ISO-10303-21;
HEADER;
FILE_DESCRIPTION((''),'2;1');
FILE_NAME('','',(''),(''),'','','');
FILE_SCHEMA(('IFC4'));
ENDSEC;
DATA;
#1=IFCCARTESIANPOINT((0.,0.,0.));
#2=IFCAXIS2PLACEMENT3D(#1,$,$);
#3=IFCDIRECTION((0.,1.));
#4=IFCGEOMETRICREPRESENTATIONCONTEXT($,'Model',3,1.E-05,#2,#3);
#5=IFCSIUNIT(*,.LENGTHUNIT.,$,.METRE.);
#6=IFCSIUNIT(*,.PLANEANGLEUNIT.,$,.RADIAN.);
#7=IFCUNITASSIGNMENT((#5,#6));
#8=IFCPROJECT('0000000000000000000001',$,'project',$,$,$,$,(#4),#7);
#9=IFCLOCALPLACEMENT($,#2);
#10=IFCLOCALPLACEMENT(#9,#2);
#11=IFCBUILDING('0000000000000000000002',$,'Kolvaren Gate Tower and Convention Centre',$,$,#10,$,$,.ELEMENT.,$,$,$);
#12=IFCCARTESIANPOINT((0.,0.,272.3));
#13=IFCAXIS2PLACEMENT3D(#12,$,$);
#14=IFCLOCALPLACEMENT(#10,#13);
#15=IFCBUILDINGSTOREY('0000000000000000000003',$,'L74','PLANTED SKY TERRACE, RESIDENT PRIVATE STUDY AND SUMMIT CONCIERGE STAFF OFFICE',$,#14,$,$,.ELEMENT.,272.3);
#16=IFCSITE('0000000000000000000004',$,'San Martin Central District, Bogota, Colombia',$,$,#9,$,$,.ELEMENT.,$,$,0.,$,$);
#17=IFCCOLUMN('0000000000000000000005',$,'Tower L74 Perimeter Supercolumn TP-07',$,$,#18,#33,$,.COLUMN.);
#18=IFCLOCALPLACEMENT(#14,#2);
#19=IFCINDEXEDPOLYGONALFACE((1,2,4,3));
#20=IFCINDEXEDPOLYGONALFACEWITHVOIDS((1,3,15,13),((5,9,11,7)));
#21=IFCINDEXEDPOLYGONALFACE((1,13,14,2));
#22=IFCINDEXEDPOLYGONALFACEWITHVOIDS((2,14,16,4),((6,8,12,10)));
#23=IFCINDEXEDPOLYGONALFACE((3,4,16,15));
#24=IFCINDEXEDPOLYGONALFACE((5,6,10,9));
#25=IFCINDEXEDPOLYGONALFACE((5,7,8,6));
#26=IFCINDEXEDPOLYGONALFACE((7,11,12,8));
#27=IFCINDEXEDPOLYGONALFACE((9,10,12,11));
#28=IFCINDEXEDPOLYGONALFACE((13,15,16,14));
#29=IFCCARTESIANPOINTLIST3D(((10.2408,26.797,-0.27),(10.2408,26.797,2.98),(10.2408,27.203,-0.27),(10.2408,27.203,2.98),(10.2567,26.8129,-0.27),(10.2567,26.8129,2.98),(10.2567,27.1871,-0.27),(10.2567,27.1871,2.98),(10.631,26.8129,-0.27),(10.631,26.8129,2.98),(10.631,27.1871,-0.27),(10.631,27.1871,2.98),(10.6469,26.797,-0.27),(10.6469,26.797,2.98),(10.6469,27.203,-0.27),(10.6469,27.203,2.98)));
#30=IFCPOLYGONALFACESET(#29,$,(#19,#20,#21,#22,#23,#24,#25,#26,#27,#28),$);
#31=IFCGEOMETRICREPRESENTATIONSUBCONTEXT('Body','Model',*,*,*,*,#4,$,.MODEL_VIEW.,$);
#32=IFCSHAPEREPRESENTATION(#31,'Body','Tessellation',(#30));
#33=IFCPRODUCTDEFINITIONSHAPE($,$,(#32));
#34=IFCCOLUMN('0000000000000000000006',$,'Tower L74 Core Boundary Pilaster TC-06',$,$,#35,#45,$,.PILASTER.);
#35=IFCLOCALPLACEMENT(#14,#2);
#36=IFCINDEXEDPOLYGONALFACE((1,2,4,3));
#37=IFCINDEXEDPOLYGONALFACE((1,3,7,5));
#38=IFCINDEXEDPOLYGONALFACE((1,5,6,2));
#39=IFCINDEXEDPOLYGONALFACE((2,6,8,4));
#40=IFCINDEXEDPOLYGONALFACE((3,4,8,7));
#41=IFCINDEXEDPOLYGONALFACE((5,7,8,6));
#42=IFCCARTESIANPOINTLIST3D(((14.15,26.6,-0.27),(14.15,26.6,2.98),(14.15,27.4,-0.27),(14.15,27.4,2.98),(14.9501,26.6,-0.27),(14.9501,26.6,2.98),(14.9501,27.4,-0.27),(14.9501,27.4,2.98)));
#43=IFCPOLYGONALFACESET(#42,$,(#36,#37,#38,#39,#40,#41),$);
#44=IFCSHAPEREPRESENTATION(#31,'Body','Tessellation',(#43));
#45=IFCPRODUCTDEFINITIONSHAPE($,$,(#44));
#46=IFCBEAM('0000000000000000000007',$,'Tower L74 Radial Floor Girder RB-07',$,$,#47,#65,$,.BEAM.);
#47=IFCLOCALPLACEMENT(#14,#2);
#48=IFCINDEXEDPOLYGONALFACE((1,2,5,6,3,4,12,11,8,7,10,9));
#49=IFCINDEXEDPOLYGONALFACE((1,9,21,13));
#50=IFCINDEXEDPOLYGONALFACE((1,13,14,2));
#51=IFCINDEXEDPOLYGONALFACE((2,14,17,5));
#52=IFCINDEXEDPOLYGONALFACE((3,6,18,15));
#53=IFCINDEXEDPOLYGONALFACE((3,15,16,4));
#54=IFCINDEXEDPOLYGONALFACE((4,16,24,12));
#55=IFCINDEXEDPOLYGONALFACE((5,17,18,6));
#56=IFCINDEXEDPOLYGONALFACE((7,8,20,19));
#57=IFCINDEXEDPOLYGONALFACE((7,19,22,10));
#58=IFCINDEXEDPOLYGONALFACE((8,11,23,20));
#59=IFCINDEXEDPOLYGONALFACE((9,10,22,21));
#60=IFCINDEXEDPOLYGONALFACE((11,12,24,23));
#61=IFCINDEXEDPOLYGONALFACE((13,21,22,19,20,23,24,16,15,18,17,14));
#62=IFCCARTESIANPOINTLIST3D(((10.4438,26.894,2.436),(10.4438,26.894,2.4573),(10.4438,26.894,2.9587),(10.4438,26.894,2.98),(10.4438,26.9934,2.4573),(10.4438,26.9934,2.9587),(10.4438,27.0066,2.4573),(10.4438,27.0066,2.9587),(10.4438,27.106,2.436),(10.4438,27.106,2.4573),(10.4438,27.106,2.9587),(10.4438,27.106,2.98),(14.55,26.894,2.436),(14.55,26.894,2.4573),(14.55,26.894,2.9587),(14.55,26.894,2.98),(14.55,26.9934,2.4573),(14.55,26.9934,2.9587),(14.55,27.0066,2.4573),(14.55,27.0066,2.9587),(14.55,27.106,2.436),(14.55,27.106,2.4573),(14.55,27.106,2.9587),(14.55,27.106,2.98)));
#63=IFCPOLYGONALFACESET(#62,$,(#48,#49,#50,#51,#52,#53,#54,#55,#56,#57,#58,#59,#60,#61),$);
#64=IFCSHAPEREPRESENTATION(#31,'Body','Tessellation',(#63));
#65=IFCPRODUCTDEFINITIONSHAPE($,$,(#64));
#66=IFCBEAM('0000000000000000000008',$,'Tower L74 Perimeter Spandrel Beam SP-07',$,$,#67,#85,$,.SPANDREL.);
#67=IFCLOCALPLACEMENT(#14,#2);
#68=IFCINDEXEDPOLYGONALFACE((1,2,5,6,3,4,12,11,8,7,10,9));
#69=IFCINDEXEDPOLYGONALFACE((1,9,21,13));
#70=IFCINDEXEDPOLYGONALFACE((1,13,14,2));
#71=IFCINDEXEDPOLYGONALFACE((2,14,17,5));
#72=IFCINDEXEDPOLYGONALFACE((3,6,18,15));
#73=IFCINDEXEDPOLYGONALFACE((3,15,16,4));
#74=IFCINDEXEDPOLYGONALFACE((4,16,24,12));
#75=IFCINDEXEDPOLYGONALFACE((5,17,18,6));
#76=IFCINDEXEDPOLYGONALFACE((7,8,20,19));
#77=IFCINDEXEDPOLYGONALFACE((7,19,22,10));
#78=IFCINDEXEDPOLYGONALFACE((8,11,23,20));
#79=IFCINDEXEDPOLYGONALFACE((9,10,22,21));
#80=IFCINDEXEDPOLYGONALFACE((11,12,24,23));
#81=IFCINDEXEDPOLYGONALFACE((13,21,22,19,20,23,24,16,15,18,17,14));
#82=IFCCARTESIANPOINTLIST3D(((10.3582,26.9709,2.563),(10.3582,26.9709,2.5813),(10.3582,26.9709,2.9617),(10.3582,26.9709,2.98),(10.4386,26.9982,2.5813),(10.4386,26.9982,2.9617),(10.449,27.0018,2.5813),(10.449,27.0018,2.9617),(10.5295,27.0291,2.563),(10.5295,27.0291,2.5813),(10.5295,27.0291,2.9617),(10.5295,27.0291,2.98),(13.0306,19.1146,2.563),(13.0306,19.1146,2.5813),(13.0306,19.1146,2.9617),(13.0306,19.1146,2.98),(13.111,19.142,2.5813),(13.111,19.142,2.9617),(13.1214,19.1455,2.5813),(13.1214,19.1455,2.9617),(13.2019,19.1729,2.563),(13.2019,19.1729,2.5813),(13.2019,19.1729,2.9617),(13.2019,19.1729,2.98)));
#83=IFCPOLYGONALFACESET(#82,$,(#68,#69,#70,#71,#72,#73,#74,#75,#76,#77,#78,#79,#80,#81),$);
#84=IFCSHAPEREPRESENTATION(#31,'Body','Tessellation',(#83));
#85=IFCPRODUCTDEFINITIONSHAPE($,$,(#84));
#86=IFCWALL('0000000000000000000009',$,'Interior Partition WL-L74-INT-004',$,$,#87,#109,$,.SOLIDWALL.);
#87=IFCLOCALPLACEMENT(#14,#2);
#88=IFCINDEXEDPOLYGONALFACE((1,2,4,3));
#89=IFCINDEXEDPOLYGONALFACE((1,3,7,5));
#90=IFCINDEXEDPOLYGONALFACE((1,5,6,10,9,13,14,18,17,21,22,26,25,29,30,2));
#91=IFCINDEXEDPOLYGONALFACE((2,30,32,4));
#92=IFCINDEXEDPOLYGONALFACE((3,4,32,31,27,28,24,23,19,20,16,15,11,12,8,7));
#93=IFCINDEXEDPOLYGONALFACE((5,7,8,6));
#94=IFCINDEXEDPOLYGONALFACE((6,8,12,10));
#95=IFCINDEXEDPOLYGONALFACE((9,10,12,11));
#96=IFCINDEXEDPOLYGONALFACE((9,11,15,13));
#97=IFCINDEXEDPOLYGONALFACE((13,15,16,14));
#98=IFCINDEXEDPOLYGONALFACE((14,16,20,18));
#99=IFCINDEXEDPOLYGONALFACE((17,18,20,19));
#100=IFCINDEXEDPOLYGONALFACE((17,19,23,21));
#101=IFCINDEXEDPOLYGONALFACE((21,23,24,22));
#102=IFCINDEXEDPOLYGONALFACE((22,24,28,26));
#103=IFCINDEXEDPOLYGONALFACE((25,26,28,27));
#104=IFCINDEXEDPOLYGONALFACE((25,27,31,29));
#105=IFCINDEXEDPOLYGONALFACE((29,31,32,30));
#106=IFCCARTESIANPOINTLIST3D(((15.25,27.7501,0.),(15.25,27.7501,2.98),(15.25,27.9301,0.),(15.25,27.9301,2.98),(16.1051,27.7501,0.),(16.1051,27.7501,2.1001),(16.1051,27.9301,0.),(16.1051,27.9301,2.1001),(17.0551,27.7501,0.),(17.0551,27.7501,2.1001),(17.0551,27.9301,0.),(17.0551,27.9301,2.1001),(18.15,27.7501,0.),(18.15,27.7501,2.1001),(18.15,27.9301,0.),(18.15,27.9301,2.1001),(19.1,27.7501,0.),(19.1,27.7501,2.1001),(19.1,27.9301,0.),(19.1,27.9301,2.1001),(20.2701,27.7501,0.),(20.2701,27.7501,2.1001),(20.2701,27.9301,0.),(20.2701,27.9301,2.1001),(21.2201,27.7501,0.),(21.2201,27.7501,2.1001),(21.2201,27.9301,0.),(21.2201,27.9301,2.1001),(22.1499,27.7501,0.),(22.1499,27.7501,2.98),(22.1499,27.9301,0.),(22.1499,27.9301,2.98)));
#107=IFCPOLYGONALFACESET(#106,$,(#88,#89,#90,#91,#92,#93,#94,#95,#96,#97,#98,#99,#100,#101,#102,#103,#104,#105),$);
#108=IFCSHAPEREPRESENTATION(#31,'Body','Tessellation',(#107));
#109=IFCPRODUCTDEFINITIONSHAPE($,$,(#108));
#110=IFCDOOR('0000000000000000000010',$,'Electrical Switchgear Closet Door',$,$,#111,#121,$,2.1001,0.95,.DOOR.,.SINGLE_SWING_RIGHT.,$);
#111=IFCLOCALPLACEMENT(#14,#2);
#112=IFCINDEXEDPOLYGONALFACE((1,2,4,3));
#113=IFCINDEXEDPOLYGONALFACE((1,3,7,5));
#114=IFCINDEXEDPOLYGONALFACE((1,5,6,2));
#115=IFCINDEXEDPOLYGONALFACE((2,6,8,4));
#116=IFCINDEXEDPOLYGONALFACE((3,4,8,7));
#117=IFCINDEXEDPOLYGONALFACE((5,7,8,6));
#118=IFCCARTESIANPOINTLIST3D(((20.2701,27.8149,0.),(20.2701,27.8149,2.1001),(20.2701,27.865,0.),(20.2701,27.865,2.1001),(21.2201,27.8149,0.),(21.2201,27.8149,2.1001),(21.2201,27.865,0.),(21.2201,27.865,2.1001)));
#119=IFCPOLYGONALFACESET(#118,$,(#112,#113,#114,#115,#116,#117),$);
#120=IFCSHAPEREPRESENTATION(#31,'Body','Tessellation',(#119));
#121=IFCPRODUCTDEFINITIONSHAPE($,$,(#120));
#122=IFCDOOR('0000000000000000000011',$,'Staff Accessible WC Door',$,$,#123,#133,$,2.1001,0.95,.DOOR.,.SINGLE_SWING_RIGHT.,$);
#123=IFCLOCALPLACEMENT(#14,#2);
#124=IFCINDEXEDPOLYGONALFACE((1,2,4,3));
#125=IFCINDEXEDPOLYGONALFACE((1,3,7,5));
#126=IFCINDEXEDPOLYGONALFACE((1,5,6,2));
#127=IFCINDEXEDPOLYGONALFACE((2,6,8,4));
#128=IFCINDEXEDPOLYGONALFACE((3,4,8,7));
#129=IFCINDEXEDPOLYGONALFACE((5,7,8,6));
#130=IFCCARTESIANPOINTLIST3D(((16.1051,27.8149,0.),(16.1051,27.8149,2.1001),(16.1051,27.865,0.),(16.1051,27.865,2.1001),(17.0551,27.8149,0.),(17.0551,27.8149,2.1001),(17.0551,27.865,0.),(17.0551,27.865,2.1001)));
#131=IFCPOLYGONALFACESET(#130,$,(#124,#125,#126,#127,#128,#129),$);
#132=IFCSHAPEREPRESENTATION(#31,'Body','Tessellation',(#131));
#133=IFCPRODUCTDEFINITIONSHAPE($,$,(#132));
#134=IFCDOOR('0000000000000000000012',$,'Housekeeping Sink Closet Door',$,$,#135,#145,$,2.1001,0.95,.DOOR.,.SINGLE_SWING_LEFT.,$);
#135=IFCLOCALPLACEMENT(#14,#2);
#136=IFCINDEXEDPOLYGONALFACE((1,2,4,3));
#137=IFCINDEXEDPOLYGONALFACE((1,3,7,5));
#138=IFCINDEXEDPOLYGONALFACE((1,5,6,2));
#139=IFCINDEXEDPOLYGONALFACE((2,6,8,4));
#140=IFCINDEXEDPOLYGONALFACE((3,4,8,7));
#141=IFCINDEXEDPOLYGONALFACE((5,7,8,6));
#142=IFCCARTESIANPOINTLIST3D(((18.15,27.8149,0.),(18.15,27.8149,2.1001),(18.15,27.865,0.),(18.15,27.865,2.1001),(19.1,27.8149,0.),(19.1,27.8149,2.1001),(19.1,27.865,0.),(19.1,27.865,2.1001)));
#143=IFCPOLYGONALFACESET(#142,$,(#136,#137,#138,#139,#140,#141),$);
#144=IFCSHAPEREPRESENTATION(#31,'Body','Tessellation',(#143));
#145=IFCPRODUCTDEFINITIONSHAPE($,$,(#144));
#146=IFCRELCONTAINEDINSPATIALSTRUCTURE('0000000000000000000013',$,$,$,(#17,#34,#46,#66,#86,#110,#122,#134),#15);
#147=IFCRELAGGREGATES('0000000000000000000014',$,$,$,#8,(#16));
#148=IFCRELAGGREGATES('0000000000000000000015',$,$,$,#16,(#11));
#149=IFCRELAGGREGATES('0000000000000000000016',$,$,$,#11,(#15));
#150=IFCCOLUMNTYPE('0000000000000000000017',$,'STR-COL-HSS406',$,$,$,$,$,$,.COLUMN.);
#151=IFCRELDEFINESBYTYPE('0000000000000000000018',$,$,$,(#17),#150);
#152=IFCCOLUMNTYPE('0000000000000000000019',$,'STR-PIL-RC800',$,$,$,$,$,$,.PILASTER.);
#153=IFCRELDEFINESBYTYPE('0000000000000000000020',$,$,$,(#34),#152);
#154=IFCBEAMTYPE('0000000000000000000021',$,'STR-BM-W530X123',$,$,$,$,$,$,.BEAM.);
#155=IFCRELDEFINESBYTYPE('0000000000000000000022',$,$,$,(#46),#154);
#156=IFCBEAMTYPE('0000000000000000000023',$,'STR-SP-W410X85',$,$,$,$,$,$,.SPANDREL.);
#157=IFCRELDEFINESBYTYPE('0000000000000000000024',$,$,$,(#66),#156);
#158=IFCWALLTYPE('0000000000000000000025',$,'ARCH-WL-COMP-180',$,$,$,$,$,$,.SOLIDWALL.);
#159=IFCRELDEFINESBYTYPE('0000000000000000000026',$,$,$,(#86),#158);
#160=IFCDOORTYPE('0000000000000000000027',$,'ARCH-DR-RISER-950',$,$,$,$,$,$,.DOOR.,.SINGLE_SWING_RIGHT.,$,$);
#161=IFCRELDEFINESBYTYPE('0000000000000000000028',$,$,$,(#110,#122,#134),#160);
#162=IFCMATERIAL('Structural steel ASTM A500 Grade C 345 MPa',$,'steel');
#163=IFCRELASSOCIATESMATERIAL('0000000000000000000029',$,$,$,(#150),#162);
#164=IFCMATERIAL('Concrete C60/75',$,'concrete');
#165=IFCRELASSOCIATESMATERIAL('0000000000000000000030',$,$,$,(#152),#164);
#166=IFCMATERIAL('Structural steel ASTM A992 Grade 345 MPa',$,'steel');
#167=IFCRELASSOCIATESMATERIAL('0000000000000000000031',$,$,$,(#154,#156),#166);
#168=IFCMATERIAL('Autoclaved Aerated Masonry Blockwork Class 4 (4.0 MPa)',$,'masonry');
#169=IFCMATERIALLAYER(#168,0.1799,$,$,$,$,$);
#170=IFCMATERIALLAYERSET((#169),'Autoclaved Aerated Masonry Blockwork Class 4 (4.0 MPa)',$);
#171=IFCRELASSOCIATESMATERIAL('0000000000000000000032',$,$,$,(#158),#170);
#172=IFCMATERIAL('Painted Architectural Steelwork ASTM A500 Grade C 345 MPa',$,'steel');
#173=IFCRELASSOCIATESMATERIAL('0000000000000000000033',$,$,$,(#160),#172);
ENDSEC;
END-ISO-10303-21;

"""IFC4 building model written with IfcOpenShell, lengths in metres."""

from ifc_helpers import new_model, si_unit, direction, frame, frame_2d, origin, origin_2d, place, context, subcontext, project, spatial, rectangle, hollow_rectangle, i_section, extrude, material, layer, layer_set, material_profile, profile_set, type_object, element, fill, save


model = new_model("IFC4")

# Units and contexts
model_context = context("Model", 3, precision=1e-05, world=origin(), true_north=direction((0.0, 1.0)))
body_context = subcontext(model_context, "Body", "Model", "MODEL_VIEW")
ifc_project = project(units=[si_unit("LENGTHUNIT", "METRE"), si_unit("PLANEANGLEUNIT", "RADIAN")], contexts=[model_context])

# Site, building, storey
site_placement = place(None, origin())
site = spatial("IfcSite", under=ifc_project, at=site_placement, Name="San Martin Central District, Bogota, Colombia", CompositionType="ELEMENT", RefElevation=0.0)
building_placement = place(site_placement, origin())
building = spatial("IfcBuilding", under=site, at=building_placement, Name="Kolvaren Gate Tower and Convention Centre", CompositionType="ELEMENT")
storey_placement = place(building_placement, frame((0.0, 0.0, 272.3)))
storey = spatial("IfcBuildingStorey", under=building, at=storey_placement, Name="L74", Description="PLANTED SKY TERRACE, RESIDENT PRIVATE STUDY AND SUMMIT CONCIERGE STAFF OFFICE", CompositionType="ELEMENT", Elevation=272.3)

# Columns
ifc_material_1 = material(Name="Structural steel ASTM A500 Grade C 345 MPa", Category="steel")
ifc_material_profile_1 = material_profile(ifc_material_1, hollow_rectangle(XDim=0.406, YDim=0.406, WallThickness=0.0159, at=origin_2d()), Name="HSS406X406X15.9")
ifc_profile_set_1 = profile_set([ifc_material_profile_1], Name="Structural steel ASTM A500 Grade C 345 MPa")
column_type_1 = type_object("IfcColumnType", Name="STR-COL-HSS406", PredefinedType="COLUMN", material=ifc_profile_set_1)
column_1_placement = place(storey_placement, frame((10.4438, 27.0, -0.27), z_axis=(0.0, 0.0, 1.0), x_axis=(1.0, 0.0, 0.0)))
element("IfcColumn", 1, at=column_1_placement, inside=storey, type_object=column_type_1, Name="Tower L74 Perimeter Supercolumn TP-07", PredefinedType="COLUMN", context=body_context, shape_type="SweptSolid", body=[
    extrude(hollow_rectangle(XDim=0.406, YDim=0.406, WallThickness=0.0159, at=origin_2d()), origin(), (0.0, 0.0, 1.0), 3.25),
])
ifc_material_2 = material(Name="Concrete C60/75", Category="concrete")
ifc_material_profile_2 = material_profile(ifc_material_2, rectangle(XDim=0.8, YDim=0.8, at=origin_2d()), Name="RC-COL-800X800")
ifc_profile_set_2 = profile_set([ifc_material_profile_2], Name="Concrete C60/75")
column_type_2 = type_object("IfcColumnType", Name="STR-PIL-RC800", PredefinedType="PILASTER", material=ifc_profile_set_2)
column_2_placement = place(storey_placement, frame((14.55, 27.0, -0.27), z_axis=(0.0, 0.0, 1.0), x_axis=(1.0, 0.0, 0.0)))
element("IfcColumn", 2, at=column_2_placement, inside=storey, type_object=column_type_2, Name="Tower L74 Core Boundary Pilaster TC-06", PredefinedType="PILASTER", context=body_context, shape_type="SweptSolid", body=[
    extrude(rectangle(XDim=0.8, YDim=0.8, at=origin_2d()), origin(), (0.0, 0.0, 1.0), 3.25),
])

# Beams
ifc_material_3 = material(Name="Structural steel ASTM A992 Grade 345 MPa", Category="steel")
ifc_material_profile_3 = material_profile(ifc_material_3, i_section(OverallWidth=0.2119, OverallDepth=0.5439, WebThickness=0.0132, FlangeThickness=0.0212, at=origin_2d()), Name="W530X123")
ifc_profile_set_3 = profile_set([ifc_material_profile_3], Name="Structural steel ASTM A992 Grade 345 MPa")
beam_type_1 = type_object("IfcBeamType", Name="STR-BM-W530X123", PredefinedType="BEAM", material=ifc_profile_set_3)
beam_1_placement = place(storey_placement, frame((14.55, 27.0, 2.708), z_axis=(-1.0, 0.0, 0.0), x_axis=(0.0, -1.0, 0.0)))
element("IfcBeam", 3, at=beam_1_placement, inside=storey, type_object=beam_type_1, Name="Tower L74 Radial Floor Girder RB-07", PredefinedType="BEAM", context=body_context, shape_type="SweptSolid", body=[
    extrude(i_section(OverallWidth=0.2119, OverallDepth=0.5439, WebThickness=0.0132, FlangeThickness=0.0212, at=origin_2d()), origin(), (0.0, 0.0, 1.0), 4.1062),
])
ifc_material_profile_4 = material_profile(ifc_material_3, i_section(OverallWidth=0.1809, OverallDepth=0.417, WebThickness=0.011, FlangeThickness=0.0183, at=origin_2d()), Name="W410X85")
ifc_profile_set_4 = profile_set([ifc_material_profile_4], Name="Structural steel ASTM A992 Grade 345 MPa")
beam_type_2 = type_object("IfcBeamType", Name="STR-SP-W410X85", PredefinedType="SPANDREL", material=ifc_profile_set_4)
beam_2_placement = place(storey_placement, frame((10.4438, 27.0, 2.7715), z_axis=(0.322038, -0.946727, 0.0), x_axis=(0.946727, 0.322038, 0.0)))
element("IfcBeam", 4, at=beam_2_placement, inside=storey, type_object=beam_type_2, Name="Tower L74 Perimeter Spandrel Beam SP-07", PredefinedType="SPANDREL", context=body_context, shape_type="SweptSolid", body=[
    extrude(i_section(OverallWidth=0.1809, OverallDepth=0.417, WebThickness=0.011, FlangeThickness=0.0183, at=origin_2d()), origin(), (0.0, 0.0, 1.0), 8.2983),
])

# Wall, openings, doors
ifc_material_4 = material(Name="Autoclaved Aerated Masonry Blockwork Class 4 (4.0 MPa)", Category="masonry")
ifc_layer_1 = layer(ifc_material_4, 0.1799)
ifc_layer_set_1 = layer_set([ifc_layer_1], Name="Autoclaved Aerated Masonry Blockwork Class 4 (4.0 MPa)")
wall_type_1 = type_object("IfcWallType", Name="ARCH-WL-COMP-180", PredefinedType="SOLIDWALL", material=ifc_layer_set_1)
wall_1_placement = place(storey_placement, frame((15.25, 27.8401, 0.0), z_axis=(0.0, 0.0, 1.0), x_axis=(1.0, 0.0, 0.0)))
wall_1 = element("IfcWall", 5, at=wall_1_placement, inside=storey, type_object=wall_type_1, Name="Interior Partition WL-L74-INT-004", PredefinedType="SOLIDWALL", context=body_context, shape_type="SweptSolid", body=[
    extrude(rectangle(XDim=6.8999, YDim=0.1799, at=frame_2d((3.45, 0.0))), origin(), (0.0, 0.0, 1.0), 2.98),
])
opening_1_placement = place(wall_1_placement, frame((5.02, 0.0, 0.0)))
opening_1 = element("IfcOpeningElement", 6, at=opening_1_placement, cuts=wall_1, PredefinedType="OPENING", context=body_context, shape_type="SweptSolid", body=[
    extrude(rectangle(XDim=0.95, YDim=2.1001, at=frame_2d((0.4751, 1.05))), frame((0.0, 0.0999, 0.0), z_axis=(0.0, -1.0, 0.0), x_axis=(1.0, 0.0, 0.0)), (0.0, 0.0, 1.0), 0.2),
])
opening_2_placement = place(wall_1_placement, frame((0.855, 0.0, 0.0)))
opening_2 = element("IfcOpeningElement", 7, at=opening_2_placement, cuts=wall_1, PredefinedType="OPENING", context=body_context, shape_type="SweptSolid", body=[
    extrude(rectangle(XDim=0.95, YDim=2.1001, at=frame_2d((0.4751, 1.05))), frame((0.0, 0.0999, 0.0), z_axis=(0.0, -1.0, 0.0), x_axis=(1.0, 0.0, 0.0)), (0.0, 0.0, 1.0), 0.2),
])
opening_3_placement = place(wall_1_placement, frame((2.8999, 0.0, 0.0)))
opening_3 = element("IfcOpeningElement", 8, at=opening_3_placement, cuts=wall_1, PredefinedType="OPENING", context=body_context, shape_type="SweptSolid", body=[
    extrude(rectangle(XDim=0.95, YDim=2.1001, at=frame_2d((0.4751, 1.05))), frame((0.0, 0.0999, 0.0), z_axis=(0.0, -1.0, 0.0), x_axis=(1.0, 0.0, 0.0)), (0.0, 0.0, 1.0), 0.2),
])
ifc_material_5 = material(Name="Painted Architectural Steelwork ASTM A500 Grade C 345 MPa", Category="steel")
door_type_1 = type_object("IfcDoorType", Name="ARCH-DR-RISER-950", OperationType="SINGLE_SWING_RIGHT", PredefinedType="DOOR", material=ifc_material_5)
door_1_placement = place(opening_1_placement, origin())
door_1 = element("IfcDoor", 9, at=door_1_placement, inside=storey, type_object=door_type_1, Name="Electrical Switchgear Closet Door", OperationType="SINGLE_SWING_RIGHT", OverallHeight=2.1001, OverallWidth=0.95, PredefinedType="DOOR", context=body_context, shape_type="SweptSolid", body=[
    extrude(rectangle(XDim=0.95, YDim=2.1001, at=frame_2d((0.4751, 1.05))), frame((0.0, 0.0249, 0.0), z_axis=(0.0, -1.0, 0.0), x_axis=(1.0, 0.0, 0.0)), (0.0, 0.0, 1.0), 0.05),
])
fill(opening_1, door_1)
door_2_placement = place(opening_2_placement, origin())
door_2 = element("IfcDoor", 10, at=door_2_placement, inside=storey, type_object=door_type_1, Name="Staff Accessible WC Door", OperationType="SINGLE_SWING_RIGHT", OverallHeight=2.1001, OverallWidth=0.95, PredefinedType="DOOR", context=body_context, shape_type="SweptSolid", body=[
    extrude(rectangle(XDim=0.95, YDim=2.1001, at=frame_2d((0.4751, 1.05))), frame((0.0, 0.0249, 0.0), z_axis=(0.0, -1.0, 0.0), x_axis=(1.0, 0.0, 0.0)), (0.0, 0.0, 1.0), 0.05),
])
fill(opening_2, door_2)
door_3_placement = place(opening_3_placement, origin())
door_3 = element("IfcDoor", 11, at=door_3_placement, inside=storey, type_object=door_type_1, Name="Housekeeping Sink Closet Door", OperationType="SINGLE_SWING_LEFT", OverallHeight=2.1001, OverallWidth=0.95, PredefinedType="DOOR", context=body_context, shape_type="SweptSolid", body=[
    extrude(rectangle(XDim=0.95, YDim=2.1001, at=frame_2d((0.4751, 1.05))), frame((0.0, 0.0249, 0.0), z_axis=(0.0, -1.0, 0.0), x_axis=(1.0, 0.0, 0.0)), (0.0, 0.0, 1.0), 0.05),
])
fill(opening_3, door_3)

save(model, "model.ifc")
